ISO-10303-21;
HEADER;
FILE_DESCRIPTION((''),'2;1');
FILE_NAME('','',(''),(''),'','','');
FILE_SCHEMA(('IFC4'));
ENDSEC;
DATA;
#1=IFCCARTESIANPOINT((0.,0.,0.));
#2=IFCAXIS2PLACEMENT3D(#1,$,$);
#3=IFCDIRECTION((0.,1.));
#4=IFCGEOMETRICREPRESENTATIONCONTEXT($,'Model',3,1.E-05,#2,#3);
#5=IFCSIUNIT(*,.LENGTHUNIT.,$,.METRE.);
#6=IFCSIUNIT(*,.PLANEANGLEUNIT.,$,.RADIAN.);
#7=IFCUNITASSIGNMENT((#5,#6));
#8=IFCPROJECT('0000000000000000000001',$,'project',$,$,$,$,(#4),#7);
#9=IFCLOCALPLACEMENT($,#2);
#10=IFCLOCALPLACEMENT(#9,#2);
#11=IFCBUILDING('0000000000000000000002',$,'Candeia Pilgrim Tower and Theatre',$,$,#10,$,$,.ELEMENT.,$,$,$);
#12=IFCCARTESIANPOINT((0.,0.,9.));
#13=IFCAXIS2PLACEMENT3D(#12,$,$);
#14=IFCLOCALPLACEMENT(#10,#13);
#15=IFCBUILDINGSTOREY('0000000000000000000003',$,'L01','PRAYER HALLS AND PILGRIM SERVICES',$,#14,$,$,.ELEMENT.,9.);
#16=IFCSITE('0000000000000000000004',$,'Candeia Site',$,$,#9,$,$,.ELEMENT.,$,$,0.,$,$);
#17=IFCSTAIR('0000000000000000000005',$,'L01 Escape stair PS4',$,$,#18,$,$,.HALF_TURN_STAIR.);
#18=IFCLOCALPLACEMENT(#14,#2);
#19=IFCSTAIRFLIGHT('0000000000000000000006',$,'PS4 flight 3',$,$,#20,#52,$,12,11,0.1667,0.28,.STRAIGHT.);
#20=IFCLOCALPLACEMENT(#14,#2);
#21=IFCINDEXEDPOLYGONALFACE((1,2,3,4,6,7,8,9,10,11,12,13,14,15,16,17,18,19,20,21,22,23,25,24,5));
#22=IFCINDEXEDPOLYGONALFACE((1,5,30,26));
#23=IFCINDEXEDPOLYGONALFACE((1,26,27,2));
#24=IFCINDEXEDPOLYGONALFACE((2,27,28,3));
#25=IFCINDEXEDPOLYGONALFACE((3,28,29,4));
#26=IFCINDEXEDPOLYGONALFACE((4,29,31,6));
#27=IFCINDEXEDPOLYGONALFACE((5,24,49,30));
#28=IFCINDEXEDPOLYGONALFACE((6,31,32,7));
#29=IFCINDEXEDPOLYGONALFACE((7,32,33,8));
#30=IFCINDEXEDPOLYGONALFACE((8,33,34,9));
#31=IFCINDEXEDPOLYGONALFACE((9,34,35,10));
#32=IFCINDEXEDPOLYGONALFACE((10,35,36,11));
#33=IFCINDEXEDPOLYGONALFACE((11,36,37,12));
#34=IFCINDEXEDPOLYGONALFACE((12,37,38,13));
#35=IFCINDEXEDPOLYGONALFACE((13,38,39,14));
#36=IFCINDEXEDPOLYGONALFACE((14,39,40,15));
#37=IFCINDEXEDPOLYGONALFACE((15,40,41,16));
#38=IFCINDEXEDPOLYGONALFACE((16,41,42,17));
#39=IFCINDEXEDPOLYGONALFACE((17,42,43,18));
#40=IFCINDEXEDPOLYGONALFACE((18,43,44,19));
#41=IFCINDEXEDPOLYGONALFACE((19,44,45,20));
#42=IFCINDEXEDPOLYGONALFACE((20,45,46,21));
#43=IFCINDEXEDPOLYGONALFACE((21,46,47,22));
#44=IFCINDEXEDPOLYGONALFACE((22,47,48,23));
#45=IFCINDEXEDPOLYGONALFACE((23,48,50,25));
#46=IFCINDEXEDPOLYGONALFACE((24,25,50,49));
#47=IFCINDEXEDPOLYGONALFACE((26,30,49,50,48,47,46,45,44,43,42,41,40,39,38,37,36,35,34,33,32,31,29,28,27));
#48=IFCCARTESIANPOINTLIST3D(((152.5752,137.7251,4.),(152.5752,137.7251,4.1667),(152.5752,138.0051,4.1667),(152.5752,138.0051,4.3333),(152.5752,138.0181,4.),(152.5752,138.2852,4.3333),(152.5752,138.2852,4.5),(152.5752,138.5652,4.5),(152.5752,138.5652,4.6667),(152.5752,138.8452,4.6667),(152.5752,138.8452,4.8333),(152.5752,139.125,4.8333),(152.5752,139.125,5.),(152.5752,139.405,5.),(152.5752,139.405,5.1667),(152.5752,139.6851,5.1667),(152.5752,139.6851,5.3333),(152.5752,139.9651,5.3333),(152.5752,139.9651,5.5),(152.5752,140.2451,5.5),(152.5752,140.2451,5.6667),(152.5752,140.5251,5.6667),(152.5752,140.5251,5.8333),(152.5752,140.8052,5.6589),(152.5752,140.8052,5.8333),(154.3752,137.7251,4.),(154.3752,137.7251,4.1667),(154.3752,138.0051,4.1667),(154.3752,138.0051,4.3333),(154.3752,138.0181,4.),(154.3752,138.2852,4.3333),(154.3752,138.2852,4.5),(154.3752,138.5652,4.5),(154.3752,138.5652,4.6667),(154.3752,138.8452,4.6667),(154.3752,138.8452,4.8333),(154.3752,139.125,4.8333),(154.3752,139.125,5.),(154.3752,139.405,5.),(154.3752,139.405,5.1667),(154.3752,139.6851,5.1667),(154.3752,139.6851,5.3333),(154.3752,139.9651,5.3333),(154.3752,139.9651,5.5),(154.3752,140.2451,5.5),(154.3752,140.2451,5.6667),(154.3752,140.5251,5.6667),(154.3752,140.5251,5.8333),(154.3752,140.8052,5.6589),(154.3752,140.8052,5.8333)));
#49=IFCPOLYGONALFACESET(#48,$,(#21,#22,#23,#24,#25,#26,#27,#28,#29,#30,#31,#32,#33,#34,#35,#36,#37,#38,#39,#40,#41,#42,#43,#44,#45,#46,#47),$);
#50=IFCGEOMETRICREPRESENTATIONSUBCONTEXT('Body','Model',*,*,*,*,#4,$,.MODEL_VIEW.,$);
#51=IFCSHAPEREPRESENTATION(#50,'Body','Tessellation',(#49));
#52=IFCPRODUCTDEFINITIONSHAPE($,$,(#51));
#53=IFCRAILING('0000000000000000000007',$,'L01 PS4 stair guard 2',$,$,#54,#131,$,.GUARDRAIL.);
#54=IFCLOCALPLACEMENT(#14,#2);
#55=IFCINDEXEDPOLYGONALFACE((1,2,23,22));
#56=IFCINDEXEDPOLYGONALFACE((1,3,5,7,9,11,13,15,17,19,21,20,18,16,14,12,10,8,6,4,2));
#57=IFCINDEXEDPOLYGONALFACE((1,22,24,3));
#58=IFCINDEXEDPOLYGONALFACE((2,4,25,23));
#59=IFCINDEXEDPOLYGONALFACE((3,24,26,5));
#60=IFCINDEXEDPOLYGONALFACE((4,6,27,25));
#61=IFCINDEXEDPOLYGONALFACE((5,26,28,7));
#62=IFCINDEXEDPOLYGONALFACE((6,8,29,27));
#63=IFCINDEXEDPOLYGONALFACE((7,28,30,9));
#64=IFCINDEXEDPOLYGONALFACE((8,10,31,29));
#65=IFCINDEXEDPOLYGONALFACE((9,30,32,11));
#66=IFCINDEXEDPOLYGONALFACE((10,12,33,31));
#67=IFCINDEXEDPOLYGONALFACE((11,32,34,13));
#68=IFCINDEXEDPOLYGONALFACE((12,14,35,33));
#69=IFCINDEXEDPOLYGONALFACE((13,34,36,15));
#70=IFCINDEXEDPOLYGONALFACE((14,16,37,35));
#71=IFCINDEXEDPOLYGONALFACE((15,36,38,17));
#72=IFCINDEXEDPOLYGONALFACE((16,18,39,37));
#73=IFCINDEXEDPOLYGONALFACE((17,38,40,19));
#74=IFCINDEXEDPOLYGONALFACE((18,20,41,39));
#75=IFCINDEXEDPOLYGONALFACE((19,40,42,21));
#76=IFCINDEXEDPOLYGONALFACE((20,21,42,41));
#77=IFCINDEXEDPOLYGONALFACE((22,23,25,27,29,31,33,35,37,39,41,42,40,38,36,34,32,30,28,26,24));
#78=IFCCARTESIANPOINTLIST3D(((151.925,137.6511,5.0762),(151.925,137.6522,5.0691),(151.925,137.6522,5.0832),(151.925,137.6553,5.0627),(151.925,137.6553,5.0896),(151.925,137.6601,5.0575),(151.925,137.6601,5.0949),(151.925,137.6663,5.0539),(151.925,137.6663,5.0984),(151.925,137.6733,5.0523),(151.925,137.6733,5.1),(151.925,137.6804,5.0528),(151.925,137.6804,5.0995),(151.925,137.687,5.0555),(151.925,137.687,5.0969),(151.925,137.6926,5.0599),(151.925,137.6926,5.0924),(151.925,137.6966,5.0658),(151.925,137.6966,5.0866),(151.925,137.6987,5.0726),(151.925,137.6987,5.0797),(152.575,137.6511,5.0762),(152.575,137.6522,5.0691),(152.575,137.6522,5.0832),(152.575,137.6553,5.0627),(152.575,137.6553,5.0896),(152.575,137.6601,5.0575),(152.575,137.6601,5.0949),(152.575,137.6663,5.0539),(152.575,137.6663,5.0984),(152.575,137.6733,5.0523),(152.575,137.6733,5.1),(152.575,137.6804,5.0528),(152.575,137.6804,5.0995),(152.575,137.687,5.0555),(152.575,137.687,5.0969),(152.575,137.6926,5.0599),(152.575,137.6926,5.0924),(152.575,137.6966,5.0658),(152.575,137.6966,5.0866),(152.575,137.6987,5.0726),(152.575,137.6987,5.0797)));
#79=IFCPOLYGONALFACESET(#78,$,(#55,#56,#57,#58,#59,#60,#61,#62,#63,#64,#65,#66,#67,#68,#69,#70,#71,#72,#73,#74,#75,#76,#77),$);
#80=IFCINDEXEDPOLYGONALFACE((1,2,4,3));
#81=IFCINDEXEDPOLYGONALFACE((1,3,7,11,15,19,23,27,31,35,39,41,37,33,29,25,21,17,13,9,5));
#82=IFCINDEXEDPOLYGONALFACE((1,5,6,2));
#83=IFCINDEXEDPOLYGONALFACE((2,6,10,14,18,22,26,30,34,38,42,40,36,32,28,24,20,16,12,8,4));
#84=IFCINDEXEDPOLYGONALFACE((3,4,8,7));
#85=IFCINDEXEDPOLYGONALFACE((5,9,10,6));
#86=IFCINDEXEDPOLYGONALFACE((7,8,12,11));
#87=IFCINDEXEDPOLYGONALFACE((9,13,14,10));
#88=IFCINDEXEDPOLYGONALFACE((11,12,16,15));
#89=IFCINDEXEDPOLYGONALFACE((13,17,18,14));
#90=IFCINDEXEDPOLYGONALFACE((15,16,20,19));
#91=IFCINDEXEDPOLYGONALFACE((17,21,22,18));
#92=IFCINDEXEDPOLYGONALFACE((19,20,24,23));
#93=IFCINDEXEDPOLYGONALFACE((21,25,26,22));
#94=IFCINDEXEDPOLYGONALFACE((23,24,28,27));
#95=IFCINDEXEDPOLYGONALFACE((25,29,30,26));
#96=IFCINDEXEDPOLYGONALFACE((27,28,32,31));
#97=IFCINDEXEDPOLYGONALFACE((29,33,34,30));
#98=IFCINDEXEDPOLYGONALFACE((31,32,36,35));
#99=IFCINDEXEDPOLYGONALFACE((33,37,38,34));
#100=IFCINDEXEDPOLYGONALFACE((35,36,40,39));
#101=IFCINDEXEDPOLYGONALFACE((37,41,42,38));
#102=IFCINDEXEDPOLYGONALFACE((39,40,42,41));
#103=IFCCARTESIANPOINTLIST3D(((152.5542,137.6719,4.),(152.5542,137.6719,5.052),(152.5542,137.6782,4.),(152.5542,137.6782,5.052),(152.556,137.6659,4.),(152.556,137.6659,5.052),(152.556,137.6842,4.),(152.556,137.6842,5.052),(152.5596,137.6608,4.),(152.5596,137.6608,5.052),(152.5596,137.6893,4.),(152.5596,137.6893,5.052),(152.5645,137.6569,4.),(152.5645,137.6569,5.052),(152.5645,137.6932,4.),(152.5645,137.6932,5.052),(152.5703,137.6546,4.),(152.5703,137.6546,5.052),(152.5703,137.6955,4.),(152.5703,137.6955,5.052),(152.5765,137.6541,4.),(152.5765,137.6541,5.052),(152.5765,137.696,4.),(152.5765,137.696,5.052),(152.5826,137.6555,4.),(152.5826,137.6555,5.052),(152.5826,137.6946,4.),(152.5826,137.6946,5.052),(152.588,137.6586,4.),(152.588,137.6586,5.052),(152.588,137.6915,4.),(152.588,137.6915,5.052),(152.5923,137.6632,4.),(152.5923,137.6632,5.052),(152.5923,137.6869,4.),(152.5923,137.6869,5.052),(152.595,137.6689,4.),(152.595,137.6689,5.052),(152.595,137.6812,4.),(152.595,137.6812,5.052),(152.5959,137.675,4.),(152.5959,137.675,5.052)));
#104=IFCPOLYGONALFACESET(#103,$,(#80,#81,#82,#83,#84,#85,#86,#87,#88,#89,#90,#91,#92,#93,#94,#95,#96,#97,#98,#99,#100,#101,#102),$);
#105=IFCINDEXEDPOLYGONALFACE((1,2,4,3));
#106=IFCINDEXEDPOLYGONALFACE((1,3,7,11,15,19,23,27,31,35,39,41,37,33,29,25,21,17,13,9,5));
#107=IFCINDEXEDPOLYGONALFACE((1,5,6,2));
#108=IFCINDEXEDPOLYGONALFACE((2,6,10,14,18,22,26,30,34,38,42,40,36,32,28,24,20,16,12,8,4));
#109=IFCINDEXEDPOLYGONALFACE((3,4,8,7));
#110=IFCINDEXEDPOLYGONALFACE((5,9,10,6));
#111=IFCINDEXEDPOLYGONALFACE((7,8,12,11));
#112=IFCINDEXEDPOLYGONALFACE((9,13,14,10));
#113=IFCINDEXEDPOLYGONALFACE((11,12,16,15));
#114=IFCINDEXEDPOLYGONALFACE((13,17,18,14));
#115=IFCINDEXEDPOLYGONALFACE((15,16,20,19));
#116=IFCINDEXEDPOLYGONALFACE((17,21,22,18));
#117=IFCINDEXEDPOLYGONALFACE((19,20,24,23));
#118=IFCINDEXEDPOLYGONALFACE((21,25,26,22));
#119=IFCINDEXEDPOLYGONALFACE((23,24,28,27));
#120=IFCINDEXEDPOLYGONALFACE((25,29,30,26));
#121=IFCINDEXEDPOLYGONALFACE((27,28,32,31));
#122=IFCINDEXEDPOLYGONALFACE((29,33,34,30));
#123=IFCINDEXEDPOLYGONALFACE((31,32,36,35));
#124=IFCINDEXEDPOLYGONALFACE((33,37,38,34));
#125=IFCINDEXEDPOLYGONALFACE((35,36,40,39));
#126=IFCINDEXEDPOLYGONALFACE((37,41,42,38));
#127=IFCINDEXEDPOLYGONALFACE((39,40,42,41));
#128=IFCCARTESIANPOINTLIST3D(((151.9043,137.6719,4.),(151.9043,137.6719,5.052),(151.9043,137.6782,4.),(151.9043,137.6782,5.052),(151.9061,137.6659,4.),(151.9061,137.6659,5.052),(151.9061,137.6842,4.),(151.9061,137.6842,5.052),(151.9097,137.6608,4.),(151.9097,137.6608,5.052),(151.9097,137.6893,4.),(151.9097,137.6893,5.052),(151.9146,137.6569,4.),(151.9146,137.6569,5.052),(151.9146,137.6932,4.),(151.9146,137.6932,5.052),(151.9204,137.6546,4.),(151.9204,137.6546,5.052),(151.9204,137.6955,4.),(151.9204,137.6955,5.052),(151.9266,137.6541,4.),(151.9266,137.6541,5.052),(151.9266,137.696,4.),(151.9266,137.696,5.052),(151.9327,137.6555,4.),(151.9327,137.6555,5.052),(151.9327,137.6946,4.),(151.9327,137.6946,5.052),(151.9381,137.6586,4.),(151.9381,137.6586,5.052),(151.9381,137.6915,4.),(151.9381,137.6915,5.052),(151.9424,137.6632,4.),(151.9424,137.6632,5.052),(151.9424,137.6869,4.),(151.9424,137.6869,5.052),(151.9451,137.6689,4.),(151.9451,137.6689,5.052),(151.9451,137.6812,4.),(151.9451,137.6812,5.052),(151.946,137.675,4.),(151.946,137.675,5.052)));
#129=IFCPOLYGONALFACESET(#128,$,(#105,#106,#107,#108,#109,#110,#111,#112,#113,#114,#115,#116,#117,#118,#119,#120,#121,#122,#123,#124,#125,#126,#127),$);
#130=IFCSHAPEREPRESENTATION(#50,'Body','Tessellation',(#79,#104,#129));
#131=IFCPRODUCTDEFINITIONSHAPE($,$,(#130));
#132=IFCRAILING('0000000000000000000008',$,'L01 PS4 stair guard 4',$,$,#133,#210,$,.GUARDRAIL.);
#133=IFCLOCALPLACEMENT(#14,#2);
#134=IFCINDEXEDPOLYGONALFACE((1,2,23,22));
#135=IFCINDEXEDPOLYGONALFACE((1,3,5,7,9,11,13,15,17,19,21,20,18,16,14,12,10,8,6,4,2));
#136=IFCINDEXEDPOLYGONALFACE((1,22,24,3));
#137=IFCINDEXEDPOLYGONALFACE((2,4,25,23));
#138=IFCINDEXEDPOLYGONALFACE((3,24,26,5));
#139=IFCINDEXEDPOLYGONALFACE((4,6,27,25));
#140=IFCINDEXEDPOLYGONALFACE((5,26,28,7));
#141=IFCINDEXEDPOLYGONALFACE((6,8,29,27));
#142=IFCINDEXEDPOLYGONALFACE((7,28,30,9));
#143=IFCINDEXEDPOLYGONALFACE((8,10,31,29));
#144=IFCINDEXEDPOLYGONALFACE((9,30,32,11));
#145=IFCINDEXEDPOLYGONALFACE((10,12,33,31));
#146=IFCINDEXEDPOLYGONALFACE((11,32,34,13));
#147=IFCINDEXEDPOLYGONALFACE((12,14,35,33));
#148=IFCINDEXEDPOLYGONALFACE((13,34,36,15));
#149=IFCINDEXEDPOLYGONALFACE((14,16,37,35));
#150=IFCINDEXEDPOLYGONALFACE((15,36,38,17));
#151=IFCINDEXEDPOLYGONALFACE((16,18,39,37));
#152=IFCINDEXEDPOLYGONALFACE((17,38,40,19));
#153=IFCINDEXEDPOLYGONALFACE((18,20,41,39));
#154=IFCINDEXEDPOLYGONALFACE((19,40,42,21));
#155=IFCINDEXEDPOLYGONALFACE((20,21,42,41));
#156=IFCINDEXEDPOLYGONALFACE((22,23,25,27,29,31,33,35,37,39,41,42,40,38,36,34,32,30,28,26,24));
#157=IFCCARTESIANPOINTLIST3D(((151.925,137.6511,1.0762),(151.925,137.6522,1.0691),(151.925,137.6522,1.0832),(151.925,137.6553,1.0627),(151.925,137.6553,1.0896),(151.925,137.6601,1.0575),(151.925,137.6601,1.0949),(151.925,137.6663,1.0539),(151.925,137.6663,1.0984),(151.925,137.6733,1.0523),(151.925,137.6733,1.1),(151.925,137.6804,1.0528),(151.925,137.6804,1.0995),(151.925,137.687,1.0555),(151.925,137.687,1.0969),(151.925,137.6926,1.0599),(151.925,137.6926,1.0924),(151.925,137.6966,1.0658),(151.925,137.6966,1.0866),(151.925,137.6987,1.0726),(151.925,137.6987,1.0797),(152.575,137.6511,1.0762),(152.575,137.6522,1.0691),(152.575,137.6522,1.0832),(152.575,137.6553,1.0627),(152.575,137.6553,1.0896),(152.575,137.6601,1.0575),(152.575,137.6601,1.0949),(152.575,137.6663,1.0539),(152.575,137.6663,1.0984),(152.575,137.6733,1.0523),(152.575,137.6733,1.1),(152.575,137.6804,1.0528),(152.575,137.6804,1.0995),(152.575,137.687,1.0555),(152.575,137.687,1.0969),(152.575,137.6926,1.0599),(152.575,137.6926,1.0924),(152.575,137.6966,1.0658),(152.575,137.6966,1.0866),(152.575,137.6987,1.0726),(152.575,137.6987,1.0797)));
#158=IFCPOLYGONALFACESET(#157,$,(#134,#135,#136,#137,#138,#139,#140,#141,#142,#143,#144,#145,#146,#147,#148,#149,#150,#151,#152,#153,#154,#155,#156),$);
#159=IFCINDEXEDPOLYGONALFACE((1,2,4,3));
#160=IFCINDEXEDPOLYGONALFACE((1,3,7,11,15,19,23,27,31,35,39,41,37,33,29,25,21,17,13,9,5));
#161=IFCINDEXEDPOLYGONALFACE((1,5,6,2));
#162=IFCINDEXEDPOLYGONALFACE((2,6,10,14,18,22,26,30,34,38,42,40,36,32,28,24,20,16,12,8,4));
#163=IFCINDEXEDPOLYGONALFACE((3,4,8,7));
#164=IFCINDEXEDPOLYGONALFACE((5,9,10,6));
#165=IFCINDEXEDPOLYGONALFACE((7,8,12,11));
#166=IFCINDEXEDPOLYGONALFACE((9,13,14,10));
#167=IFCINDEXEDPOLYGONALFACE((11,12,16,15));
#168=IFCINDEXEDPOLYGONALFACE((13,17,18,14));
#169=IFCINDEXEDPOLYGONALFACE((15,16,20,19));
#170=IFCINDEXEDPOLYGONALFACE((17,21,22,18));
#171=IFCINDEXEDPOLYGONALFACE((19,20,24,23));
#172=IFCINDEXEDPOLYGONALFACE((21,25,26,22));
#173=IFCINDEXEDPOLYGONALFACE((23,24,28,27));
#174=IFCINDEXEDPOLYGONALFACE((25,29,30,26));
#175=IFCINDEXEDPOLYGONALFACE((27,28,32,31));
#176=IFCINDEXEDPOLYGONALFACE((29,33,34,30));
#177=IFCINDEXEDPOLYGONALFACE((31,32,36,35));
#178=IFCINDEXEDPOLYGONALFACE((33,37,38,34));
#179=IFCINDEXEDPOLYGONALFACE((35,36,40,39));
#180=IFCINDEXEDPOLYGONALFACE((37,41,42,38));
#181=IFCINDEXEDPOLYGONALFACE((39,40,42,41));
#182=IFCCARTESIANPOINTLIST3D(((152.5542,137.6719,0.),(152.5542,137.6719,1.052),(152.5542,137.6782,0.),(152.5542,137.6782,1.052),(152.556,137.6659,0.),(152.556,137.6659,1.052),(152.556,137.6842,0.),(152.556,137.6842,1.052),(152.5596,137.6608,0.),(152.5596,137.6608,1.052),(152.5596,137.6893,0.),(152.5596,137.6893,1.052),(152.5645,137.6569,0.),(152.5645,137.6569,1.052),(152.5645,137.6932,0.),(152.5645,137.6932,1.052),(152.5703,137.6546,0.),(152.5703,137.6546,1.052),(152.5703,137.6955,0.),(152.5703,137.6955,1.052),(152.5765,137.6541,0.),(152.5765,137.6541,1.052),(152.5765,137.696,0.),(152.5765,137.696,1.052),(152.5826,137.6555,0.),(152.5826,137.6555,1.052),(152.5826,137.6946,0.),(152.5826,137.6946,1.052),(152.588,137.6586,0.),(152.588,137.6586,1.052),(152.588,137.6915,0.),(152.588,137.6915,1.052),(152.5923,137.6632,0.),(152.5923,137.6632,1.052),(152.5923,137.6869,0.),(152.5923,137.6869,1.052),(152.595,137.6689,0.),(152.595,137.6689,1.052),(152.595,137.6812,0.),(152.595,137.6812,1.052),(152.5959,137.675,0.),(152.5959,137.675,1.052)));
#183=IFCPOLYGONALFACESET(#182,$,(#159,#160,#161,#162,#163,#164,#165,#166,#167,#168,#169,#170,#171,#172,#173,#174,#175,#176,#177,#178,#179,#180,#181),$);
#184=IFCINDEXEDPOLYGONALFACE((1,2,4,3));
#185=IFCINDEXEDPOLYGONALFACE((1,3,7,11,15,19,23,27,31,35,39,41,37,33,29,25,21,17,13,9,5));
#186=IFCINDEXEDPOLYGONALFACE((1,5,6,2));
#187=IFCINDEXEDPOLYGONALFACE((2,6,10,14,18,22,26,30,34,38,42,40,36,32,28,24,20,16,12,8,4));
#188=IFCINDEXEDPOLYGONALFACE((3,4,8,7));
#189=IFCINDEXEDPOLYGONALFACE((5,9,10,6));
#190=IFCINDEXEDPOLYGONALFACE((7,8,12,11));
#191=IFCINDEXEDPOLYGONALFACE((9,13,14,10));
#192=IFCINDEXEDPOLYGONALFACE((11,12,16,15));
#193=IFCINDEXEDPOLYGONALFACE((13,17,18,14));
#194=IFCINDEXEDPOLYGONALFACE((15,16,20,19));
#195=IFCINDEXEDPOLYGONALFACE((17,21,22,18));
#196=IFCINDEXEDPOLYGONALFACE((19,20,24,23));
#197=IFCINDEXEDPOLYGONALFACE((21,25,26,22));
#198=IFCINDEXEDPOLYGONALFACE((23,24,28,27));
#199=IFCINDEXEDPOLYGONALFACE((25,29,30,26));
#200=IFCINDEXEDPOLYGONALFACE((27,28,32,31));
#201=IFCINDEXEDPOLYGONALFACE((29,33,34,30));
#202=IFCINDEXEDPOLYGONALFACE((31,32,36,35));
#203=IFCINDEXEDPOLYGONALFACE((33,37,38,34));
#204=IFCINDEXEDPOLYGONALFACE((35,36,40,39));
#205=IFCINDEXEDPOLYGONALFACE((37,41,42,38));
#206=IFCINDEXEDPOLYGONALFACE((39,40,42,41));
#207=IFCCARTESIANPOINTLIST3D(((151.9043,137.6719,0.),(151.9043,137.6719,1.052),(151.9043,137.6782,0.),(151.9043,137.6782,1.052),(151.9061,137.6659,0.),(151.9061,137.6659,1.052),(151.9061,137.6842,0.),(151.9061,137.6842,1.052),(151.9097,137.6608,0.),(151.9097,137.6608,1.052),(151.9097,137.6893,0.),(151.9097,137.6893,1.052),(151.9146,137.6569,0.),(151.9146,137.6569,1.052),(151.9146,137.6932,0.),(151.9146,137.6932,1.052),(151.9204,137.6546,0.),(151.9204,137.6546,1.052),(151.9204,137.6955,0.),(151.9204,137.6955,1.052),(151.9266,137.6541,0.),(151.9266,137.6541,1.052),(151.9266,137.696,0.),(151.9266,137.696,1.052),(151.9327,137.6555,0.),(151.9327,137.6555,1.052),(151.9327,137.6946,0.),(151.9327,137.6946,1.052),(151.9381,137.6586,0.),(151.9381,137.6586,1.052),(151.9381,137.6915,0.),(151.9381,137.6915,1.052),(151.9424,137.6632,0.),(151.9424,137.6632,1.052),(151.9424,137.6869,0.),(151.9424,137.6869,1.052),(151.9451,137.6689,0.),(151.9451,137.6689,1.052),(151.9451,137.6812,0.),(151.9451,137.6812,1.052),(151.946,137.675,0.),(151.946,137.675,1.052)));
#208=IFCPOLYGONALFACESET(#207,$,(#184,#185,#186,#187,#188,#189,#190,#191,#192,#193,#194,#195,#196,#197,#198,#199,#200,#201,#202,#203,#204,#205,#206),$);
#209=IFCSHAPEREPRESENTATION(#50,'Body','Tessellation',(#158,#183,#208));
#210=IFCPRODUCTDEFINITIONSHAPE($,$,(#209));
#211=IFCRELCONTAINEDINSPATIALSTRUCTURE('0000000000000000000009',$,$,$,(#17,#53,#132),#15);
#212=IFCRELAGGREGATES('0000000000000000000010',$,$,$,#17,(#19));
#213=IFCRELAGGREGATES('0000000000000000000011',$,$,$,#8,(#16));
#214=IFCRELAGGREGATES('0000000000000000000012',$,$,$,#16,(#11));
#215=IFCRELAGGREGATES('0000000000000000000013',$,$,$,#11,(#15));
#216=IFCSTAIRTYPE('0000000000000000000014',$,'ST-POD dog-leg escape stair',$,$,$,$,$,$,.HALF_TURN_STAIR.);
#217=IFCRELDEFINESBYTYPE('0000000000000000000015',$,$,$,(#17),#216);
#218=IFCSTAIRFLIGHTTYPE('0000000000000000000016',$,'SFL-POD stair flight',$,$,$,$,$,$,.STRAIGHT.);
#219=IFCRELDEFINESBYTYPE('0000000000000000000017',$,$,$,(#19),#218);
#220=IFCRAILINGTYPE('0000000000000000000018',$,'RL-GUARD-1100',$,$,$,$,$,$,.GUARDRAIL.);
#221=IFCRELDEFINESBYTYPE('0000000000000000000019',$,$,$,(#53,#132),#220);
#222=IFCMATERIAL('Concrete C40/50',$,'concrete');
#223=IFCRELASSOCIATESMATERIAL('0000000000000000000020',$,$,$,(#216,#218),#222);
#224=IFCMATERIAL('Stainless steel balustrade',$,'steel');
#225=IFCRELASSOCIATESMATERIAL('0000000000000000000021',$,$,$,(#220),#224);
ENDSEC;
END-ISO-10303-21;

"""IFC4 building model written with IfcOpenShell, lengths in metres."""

from ifc_helpers import new_model, si_unit, direction, frame, origin, origin_2d, place, context, subcontext, project, spatial, polyline, circle, outline, extrude, material, type_object, element, aggregate, save


model = new_model("IFC4")

# Units and contexts
model_context = context("Model", 3, precision=1e-05, world=origin(), true_north=direction((0.0, 1.0)))
body_context = subcontext(model_context, "Body", "Model", "MODEL_VIEW")
ifc_project = project(units=[si_unit("LENGTHUNIT", "METRE"), si_unit("PLANEANGLEUNIT", "RADIAN")], contexts=[model_context])

# Site, building, storey
site_placement = place(None, origin())
site = spatial("IfcSite", under=ifc_project, at=site_placement, Name="Candeia Site", CompositionType="ELEMENT", RefElevation=0.0)
building_placement = place(site_placement, origin())
building = spatial("IfcBuilding", under=site, at=building_placement, Name="Candeia Pilgrim Tower and Theatre", CompositionType="ELEMENT")
storey_placement = place(building_placement, frame((0.0, 0.0, 9.0)))
storey = spatial("IfcBuildingStorey", under=building, at=storey_placement, Name="L01", Description="PRAYER HALLS AND PILGRIM SERVICES", CompositionType="ELEMENT", Elevation=9.0)

# Shared definitions
ifc_material_1 = material(Name="Concrete C40/50", Category="concrete")

# Stair, stair flight
stair_type = type_object("IfcStairType", Name="ST-POD dog-leg escape stair", PredefinedType="HALF_TURN_STAIR", material=ifc_material_1)
stair_placement = place(storey_placement, origin())
stair = element("IfcStair", 1, at=stair_placement, inside=storey, type_object=stair_type, Name="L01 Escape stair PS4", PredefinedType="HALF_TURN_STAIR")
stair_flight_type = type_object("IfcStairFlightType", Name="SFL-POD stair flight", PredefinedType="STRAIGHT", material=ifc_material_1)
stair_flight_1_placement = place(storey_placement, frame((153.4751, 137.7251, 4.0), z_axis=(0.0, 0.0, 1.0), x_axis=(0.0, 1.0, 0.0)))
stair_flight_1 = element("IfcStairFlight", 2, at=stair_flight_1_placement, type_object=stair_flight_type, Name="PS4 flight 3", NumberOfRisers=12, NumberOfTreads=11, PredefinedType="STRAIGHT", RiserHeight=0.1667, TreadLength=0.28, context=body_context, shape_type="SweptSolid", body=[
    extrude(outline(polyline([(0.0, 0.0), (0.0, 0.1667), (0.28, 0.1667), (0.28, 0.3333), (0.5601, 0.3333), (0.5601, 0.5), (0.8401, 0.5), (0.8401, 0.6667), (1.1201, 0.6667), (1.1201, 0.8333), (1.3999, 0.8333), (1.3999, 1.0), (1.6799, 1.0), (1.6799, 1.1667), (1.96, 1.1667), (1.96, 1.3333), (2.24, 1.3333), (2.24, 1.5), (2.52, 1.5), (2.52, 1.6667), (2.8, 1.6667), (2.8, 1.8333), (3.0801, 1.8333), (3.0801, 2.0), (3.0801, 1.6589), (0.293, 0.0), (0.0, 0.0)])), frame((0.0, 0.8999, 0.0), z_axis=(0.0, -1.0, 0.0), x_axis=(1.0, 0.0, 0.0)), (0.0, 0.0, 1.0), 1.8),
])
aggregate(stair, [stair_flight_1])

# Railings
ifc_material_2 = material(Name="Stainless steel balustrade", Category="steel")
railing_type_1 = type_object("IfcRailingType", Name="RL-GUARD-1100", PredefinedType="GUARDRAIL", material=ifc_material_2)
railing_1_placement = place(storey_placement, frame((152.575, 137.675, 4.0)))
element("IfcRailing", 3, at=railing_1_placement, inside=storey, type_object=railing_type_1, Name="L01 PS4 stair guard 2", PredefinedType="GUARDRAIL", context=body_context, shape_type="SweptSolid", body=[
    extrude(circle(Radius=0.0239, at=origin_2d()), frame((0.0, 0.0, 1.0762), z_axis=(-1.0, 0.0, 0.0), x_axis=(0.0, -1.0, 0.0)), (0.0, 0.0, 1.0), 0.6499),
    extrude(circle(Radius=0.021, at=origin_2d()), origin(), (0.0, 0.0, 1.0), 1.052),
    extrude(circle(Radius=0.021, at=origin_2d()), frame((-0.6499, 0.0, 0.0)), (0.0, 0.0, 1.0), 1.052),
])
railing_2_placement = place(storey_placement, frame((152.575, 137.675, 0.0)))
element("IfcRailing", 4, at=railing_2_placement, inside=storey, type_object=railing_type_1, Name="L01 PS4 stair guard 4", PredefinedType="GUARDRAIL", context=body_context, shape_type="SweptSolid", body=[
    extrude(circle(Radius=0.0239, at=origin_2d()), frame((0.0, 0.0, 1.0762), z_axis=(-1.0, 0.0, 0.0), x_axis=(0.0, -1.0, 0.0)), (0.0, 0.0, 1.0), 0.6499),
    extrude(circle(Radius=0.021, at=origin_2d()), origin(), (0.0, 0.0, 1.0), 1.052),
    extrude(circle(Radius=0.021, at=origin_2d()), frame((-0.6499, 0.0, 0.0)), (0.0, 0.0, 1.0), 1.052),
])

save(model, "model.ifc")
